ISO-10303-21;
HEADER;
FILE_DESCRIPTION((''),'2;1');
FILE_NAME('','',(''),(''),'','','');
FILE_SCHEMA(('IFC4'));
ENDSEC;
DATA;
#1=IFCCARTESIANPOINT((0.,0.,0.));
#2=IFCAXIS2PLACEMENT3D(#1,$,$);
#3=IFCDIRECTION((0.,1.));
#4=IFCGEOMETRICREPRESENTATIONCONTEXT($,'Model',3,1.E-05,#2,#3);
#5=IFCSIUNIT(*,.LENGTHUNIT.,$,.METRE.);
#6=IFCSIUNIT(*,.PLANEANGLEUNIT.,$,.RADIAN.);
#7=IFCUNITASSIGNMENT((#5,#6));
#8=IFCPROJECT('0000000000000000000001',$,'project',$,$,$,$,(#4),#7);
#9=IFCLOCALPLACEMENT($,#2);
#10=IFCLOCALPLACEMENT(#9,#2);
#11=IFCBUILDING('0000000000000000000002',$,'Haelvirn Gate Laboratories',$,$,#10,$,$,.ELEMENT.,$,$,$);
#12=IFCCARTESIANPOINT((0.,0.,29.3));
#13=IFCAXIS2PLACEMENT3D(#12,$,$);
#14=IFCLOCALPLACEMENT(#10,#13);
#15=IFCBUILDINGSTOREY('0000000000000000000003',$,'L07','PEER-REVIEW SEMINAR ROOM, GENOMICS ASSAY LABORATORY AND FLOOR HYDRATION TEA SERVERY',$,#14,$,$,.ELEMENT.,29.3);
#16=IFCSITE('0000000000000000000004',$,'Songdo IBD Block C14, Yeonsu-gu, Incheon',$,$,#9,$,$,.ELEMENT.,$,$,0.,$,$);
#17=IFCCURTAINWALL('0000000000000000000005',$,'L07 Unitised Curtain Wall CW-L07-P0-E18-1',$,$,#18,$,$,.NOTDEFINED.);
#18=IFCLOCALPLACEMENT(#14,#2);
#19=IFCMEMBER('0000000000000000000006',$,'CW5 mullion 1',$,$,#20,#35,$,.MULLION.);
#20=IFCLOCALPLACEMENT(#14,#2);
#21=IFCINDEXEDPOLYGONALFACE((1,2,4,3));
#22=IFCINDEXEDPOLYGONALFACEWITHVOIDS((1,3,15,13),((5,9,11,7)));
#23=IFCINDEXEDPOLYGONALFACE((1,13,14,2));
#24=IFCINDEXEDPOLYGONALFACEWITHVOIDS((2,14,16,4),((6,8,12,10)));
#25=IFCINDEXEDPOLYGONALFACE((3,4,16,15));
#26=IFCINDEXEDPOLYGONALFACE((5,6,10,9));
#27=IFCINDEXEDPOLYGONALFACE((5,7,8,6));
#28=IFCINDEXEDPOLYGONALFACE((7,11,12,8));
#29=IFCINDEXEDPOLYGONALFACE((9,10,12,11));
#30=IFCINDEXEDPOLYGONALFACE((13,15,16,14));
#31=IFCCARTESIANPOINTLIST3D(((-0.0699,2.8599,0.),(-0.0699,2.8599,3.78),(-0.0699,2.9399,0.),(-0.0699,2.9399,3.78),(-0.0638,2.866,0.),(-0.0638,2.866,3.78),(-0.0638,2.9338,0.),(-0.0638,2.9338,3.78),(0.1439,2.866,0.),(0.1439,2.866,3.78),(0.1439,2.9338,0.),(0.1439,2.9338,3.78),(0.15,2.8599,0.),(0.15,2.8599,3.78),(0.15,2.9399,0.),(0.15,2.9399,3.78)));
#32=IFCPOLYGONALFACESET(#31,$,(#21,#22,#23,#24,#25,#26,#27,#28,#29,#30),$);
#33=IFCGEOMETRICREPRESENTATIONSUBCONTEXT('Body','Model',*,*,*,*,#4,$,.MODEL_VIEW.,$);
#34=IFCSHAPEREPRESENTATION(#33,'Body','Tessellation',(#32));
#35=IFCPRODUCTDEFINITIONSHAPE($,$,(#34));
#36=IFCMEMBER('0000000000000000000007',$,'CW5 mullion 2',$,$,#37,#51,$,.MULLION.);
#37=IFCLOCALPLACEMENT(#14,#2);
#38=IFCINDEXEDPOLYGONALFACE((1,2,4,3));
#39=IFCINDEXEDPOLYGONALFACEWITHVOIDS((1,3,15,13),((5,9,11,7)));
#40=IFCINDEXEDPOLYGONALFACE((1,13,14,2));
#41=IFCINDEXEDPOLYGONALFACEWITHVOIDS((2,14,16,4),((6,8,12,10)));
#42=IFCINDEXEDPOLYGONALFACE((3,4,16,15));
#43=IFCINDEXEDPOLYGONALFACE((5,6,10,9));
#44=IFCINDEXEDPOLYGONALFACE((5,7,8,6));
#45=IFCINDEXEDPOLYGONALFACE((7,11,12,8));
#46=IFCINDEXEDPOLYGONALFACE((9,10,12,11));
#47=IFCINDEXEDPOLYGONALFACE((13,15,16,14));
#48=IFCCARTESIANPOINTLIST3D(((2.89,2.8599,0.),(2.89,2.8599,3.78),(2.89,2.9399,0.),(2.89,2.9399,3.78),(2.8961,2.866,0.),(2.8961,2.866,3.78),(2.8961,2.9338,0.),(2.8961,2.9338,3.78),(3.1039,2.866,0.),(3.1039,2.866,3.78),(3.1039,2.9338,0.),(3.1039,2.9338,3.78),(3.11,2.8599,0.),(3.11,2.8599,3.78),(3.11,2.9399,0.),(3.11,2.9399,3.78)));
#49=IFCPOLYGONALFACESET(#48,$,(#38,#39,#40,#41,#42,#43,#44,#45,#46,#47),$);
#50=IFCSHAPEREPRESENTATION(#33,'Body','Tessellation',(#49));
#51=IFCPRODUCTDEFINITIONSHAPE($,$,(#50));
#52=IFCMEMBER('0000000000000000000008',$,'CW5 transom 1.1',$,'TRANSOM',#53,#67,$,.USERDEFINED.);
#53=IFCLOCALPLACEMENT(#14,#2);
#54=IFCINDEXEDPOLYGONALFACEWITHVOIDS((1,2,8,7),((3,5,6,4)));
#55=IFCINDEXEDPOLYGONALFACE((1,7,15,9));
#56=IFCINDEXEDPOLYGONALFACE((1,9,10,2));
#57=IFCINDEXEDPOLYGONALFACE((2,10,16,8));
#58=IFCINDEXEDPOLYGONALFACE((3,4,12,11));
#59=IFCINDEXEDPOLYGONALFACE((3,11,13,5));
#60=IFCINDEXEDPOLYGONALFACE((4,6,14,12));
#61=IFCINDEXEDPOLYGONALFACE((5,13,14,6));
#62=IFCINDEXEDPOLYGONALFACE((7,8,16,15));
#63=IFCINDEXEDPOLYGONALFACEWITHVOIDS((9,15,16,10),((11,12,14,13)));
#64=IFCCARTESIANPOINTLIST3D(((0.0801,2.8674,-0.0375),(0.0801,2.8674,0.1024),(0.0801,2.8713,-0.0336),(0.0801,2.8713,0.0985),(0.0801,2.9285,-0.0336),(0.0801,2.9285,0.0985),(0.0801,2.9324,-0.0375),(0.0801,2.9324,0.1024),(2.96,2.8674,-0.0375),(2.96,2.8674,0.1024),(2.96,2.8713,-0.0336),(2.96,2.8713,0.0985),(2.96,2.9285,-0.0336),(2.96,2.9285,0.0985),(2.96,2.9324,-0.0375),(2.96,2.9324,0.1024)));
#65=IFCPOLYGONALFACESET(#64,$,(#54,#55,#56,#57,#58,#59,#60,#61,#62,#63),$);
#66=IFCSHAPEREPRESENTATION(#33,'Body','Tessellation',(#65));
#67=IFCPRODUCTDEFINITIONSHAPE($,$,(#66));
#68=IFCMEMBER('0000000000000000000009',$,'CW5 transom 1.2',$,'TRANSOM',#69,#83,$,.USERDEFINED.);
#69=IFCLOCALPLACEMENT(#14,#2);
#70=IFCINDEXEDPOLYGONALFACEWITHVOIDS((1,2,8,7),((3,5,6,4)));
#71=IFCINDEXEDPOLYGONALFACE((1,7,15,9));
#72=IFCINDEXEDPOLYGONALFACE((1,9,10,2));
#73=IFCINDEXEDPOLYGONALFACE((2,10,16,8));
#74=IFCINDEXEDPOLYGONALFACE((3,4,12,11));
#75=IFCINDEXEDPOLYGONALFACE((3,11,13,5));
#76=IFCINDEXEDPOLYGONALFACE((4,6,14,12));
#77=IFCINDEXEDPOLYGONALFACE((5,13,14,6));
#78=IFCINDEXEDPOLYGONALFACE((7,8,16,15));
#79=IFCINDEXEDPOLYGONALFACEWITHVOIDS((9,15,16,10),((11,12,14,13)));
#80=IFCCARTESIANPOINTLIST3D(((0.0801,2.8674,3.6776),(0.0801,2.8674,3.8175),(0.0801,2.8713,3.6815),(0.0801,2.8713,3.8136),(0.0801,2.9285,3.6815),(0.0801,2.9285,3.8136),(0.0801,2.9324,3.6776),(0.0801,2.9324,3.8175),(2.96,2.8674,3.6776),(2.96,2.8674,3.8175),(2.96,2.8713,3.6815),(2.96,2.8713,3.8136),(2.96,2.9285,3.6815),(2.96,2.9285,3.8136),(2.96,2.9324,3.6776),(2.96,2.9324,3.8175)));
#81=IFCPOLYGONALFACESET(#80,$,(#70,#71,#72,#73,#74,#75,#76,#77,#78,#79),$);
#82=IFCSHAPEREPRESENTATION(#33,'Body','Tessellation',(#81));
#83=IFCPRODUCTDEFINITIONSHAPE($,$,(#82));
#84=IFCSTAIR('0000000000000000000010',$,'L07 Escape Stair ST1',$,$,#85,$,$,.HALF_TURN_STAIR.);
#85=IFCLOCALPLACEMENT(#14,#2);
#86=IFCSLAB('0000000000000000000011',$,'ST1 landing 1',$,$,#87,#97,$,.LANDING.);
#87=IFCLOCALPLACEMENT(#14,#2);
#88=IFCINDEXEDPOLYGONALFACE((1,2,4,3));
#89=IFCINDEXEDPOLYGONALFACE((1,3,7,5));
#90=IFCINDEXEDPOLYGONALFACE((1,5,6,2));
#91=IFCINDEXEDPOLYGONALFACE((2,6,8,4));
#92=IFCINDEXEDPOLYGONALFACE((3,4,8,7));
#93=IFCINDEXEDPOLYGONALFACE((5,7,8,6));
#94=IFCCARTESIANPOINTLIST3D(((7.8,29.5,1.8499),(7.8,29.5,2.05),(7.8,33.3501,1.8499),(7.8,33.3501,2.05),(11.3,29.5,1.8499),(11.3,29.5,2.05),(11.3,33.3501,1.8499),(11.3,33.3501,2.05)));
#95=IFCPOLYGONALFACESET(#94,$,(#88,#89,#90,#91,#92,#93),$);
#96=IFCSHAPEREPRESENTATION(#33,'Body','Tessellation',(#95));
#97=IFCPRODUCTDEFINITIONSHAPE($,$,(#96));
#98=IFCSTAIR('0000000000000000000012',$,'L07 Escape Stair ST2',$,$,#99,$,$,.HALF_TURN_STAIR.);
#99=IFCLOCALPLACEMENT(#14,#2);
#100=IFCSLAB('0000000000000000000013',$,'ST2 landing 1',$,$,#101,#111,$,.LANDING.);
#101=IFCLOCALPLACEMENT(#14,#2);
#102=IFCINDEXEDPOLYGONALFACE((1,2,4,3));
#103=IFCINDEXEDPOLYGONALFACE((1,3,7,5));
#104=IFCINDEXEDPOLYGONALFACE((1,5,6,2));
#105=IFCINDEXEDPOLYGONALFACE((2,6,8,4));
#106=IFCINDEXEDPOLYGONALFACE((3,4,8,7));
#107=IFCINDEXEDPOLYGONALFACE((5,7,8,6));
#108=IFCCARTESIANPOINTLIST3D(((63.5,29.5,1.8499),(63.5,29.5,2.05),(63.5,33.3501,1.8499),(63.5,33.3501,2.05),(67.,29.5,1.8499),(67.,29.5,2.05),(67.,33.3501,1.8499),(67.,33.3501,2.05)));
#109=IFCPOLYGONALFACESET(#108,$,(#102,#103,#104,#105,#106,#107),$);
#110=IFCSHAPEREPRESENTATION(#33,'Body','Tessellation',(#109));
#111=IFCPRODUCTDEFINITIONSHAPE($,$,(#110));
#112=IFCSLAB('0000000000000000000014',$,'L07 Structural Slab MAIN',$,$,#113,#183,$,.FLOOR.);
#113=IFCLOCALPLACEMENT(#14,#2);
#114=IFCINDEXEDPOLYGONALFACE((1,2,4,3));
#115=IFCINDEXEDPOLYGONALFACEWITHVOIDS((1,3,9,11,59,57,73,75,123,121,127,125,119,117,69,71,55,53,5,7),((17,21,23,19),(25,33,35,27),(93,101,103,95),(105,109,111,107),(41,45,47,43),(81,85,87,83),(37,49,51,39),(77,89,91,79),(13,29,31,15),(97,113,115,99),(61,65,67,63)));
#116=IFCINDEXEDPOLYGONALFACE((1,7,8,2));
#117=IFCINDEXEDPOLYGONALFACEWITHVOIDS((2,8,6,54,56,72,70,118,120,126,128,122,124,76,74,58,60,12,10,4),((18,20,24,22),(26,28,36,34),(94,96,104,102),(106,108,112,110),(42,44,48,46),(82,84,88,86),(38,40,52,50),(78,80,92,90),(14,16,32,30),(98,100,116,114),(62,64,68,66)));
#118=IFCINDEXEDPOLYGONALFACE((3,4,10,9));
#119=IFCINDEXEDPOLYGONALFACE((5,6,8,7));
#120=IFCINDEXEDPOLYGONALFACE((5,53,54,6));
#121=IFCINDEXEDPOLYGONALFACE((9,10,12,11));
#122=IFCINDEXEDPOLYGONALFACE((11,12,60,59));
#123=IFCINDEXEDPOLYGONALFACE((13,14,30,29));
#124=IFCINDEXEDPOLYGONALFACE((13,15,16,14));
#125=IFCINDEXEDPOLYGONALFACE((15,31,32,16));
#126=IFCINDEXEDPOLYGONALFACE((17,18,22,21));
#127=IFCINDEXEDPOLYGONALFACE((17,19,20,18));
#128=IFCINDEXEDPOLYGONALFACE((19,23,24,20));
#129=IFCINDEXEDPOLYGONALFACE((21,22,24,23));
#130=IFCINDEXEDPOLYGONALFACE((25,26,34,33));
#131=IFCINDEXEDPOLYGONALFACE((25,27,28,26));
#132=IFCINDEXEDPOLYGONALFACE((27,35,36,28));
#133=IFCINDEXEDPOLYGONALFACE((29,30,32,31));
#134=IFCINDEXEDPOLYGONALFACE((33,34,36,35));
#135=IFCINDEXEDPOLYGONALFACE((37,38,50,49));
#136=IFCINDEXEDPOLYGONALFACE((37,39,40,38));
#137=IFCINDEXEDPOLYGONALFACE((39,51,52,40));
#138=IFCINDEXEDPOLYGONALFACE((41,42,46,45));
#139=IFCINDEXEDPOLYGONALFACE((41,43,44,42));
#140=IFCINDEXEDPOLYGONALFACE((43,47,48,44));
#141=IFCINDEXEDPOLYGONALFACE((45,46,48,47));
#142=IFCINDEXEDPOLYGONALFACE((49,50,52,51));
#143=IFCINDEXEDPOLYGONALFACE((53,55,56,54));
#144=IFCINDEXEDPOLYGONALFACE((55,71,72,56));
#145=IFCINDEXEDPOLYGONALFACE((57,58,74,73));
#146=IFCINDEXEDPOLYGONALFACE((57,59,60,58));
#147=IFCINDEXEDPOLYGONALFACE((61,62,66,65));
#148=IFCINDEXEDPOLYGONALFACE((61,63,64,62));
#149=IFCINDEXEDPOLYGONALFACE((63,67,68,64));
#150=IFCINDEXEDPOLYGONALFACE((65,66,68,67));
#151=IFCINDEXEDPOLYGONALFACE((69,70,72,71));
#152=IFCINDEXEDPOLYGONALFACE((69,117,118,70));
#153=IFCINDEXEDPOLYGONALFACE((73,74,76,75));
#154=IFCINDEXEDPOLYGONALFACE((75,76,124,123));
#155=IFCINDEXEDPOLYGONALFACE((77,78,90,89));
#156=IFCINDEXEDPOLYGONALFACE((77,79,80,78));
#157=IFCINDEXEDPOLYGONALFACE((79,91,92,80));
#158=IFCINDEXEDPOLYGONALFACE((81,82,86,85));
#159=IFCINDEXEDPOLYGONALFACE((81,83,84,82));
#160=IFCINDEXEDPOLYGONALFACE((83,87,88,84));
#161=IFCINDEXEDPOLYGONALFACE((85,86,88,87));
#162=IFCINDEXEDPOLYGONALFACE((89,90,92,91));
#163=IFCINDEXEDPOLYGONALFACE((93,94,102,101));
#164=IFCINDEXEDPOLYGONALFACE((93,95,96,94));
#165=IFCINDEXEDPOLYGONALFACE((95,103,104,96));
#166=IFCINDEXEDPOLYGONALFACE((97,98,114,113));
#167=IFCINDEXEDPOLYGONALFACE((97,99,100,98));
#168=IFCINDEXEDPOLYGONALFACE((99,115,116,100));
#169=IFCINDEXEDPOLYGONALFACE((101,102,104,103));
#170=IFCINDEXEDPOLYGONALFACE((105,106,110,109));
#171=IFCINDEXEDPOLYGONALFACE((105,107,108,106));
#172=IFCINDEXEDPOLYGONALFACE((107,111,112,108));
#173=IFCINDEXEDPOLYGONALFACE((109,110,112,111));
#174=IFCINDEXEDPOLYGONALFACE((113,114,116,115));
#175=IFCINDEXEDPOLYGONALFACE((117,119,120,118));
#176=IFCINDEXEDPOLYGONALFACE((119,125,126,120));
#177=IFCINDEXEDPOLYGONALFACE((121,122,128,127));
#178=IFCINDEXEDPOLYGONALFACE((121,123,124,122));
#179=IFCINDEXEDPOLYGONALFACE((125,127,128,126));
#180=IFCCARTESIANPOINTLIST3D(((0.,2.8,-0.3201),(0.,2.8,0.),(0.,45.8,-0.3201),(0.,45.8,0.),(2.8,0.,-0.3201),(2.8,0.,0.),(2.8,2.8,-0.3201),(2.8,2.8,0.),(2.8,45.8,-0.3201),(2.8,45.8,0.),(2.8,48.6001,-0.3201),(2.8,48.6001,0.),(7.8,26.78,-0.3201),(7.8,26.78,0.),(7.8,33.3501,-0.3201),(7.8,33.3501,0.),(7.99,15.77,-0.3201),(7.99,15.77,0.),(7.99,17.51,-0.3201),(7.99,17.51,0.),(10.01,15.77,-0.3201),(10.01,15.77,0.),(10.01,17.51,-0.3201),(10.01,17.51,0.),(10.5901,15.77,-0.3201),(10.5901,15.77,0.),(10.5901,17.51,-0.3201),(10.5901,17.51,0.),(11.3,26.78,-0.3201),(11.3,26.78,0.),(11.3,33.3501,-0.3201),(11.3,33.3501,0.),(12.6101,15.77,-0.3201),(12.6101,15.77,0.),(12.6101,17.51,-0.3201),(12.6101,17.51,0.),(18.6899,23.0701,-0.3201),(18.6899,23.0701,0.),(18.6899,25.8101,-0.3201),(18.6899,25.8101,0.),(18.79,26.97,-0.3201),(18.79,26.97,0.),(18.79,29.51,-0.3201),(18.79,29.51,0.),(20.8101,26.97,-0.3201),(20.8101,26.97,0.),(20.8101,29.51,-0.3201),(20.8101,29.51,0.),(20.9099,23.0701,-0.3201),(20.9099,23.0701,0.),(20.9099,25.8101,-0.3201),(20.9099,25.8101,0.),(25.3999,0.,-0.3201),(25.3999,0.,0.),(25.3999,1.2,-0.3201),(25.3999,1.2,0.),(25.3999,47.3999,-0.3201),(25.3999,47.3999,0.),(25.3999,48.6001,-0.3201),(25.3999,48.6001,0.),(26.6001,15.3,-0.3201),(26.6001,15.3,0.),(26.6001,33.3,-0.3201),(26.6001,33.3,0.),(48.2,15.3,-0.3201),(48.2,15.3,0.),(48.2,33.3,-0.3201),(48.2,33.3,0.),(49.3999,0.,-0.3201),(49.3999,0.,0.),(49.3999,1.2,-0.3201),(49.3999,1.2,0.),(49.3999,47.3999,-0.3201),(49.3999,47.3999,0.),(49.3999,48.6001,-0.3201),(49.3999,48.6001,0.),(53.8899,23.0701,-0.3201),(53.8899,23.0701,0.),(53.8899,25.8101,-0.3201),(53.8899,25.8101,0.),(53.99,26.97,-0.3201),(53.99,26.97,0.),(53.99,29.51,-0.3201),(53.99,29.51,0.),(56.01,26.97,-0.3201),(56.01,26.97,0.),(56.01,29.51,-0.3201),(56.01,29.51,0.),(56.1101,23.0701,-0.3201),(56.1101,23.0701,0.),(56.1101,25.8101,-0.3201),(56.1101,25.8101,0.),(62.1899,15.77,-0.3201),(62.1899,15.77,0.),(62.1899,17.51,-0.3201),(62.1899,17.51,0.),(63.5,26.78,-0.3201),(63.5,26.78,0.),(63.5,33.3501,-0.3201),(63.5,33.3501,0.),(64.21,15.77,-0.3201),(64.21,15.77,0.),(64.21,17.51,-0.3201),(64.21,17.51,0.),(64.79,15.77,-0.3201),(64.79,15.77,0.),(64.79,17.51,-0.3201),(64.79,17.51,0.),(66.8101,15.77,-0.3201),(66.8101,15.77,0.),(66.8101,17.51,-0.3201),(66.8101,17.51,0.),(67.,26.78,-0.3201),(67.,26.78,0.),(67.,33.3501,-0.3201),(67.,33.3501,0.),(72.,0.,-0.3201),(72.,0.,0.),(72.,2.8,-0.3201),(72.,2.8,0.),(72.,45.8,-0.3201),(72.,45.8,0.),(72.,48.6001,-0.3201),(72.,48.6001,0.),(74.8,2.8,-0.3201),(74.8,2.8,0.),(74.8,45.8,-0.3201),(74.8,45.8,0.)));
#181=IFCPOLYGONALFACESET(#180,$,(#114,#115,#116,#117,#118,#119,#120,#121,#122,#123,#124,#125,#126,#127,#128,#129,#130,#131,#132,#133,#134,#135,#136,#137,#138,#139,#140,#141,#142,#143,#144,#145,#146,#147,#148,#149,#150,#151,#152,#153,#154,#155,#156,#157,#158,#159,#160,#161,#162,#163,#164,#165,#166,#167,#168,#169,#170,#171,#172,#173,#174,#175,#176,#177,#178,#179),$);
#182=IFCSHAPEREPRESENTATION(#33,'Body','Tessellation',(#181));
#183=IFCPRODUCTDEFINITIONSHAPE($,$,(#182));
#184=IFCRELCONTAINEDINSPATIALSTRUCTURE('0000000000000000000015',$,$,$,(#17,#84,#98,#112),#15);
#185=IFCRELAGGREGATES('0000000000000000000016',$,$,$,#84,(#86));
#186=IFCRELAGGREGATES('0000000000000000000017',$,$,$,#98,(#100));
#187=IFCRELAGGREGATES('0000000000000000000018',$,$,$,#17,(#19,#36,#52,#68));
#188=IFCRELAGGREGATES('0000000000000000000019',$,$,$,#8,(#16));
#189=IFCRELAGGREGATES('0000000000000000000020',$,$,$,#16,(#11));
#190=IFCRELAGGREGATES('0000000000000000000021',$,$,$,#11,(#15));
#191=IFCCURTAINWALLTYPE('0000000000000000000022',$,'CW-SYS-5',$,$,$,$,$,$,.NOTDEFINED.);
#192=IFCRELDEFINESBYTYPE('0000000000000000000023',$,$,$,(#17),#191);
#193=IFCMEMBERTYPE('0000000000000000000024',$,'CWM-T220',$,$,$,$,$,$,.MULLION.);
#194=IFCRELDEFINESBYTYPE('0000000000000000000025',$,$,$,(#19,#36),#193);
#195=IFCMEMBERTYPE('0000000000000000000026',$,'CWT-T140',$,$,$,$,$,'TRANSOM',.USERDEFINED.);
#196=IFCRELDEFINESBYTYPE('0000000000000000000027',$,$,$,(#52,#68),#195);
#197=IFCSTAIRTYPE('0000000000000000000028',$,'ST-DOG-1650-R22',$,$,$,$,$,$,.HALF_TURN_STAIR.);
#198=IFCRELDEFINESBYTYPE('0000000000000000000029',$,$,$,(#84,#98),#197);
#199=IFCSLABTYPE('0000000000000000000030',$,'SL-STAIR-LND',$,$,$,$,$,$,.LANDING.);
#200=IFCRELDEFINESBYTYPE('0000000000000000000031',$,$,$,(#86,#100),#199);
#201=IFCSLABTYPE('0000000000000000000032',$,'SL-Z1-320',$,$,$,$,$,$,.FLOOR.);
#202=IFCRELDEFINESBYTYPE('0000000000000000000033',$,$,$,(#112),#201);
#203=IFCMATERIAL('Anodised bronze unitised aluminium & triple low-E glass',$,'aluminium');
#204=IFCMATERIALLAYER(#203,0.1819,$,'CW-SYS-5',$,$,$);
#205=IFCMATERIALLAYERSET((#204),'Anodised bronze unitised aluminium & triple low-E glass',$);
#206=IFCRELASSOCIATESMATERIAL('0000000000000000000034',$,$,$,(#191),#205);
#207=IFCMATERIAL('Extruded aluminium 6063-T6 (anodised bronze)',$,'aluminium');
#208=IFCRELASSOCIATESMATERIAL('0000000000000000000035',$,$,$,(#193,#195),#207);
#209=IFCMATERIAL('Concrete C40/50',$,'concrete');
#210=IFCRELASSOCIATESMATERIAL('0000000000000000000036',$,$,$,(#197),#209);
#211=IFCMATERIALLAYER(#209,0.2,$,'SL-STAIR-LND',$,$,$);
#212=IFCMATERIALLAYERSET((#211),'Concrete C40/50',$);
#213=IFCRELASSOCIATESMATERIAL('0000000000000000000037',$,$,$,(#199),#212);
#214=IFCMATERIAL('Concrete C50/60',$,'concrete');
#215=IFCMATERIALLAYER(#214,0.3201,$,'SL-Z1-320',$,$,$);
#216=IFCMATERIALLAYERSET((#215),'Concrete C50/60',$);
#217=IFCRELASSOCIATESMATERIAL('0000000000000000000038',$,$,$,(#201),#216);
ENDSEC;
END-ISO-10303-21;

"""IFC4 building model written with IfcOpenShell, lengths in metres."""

from ifc_helpers import new_model, si_unit, direction, frame, origin, origin_2d, place, context, subcontext, project, spatial, polyline, hollow_rectangle, outline, extrude, source, transform, mapped, material, layer, layer_set, material_profile, profile_set, type_object, type_shapes, element, aggregate, save


model = new_model("IFC4")

# Units and contexts
model_context = context("Model", 3, precision=1e-05, world=origin(), true_north=direction((0.0, 1.0)))
body_context = subcontext(model_context, "Body", "Model", "MODEL_VIEW")
ifc_project = project(units=[si_unit("LENGTHUNIT", "METRE"), si_unit("PLANEANGLEUNIT", "RADIAN")], contexts=[model_context])

# Site, building, storey
site_placement = place(None, origin())
site = spatial("IfcSite", under=ifc_project, at=site_placement, Name="Songdo IBD Block C14, Yeonsu-gu, Incheon", CompositionType="ELEMENT", RefElevation=0.0)
building_placement = place(site_placement, origin())
building = spatial("IfcBuilding", under=site, at=building_placement, Name="Haelvirn Gate Laboratories", CompositionType="ELEMENT")
storey_placement = place(building_placement, frame((0.0, 0.0, 29.3)))
storey = spatial("IfcBuildingStorey", under=building, at=storey_placement, Name="L07", Description="PEER-REVIEW SEMINAR ROOM, GENOMICS ASSAY LABORATORY AND FLOOR HYDRATION TEA SERVERY", CompositionType="ELEMENT", Elevation=29.3)

# Shared definitions
ifc_material_1 = material(Name="Anodised bronze unitised aluminium & triple low-E glass", Category="aluminium")
ifc_material_2 = material(Name="Extruded aluminium 6063-T6 (anodised bronze)", Category="aluminium")

# Curtain wall, members
ifc_layer_1 = layer(ifc_material_1, 0.1819, Name="CW-SYS-5")
ifc_layer_set_1 = layer_set([ifc_layer_1], Name="Anodised bronze unitised aluminium & triple low-E glass")
curtain_wall_type_1 = type_object("IfcCurtainWallType", Name="CW-SYS-5", PredefinedType="NOTDEFINED", material=ifc_layer_set_1)
curtain_wall_1_placement = place(storey_placement, origin())
curtain_wall_1 = element("IfcCurtainWall", 1, at=curtain_wall_1_placement, inside=storey, type_object=curtain_wall_type_1, Name="L07 Unitised Curtain Wall CW-L07-P0-E18-1", PredefinedType="NOTDEFINED")
ifc_material_profile_1 = material_profile(ifc_material_2, hollow_rectangle(XDim=0.0801, YDim=0.22, WallThickness=0.0061, at=origin_2d()), Name="CWM-220x80x6")
ifc_profile_set_1 = profile_set([ifc_material_profile_1], Name="Extruded aluminium 6063-T6 (anodised bronze)")
member_type_1 = type_object("IfcMemberType", Name="CWM-T220", PredefinedType="MULLION", material=ifc_profile_set_1)
shared_shape_1 = source(origin(), body_context, "Body", "SweptSolid", [
    extrude(hollow_rectangle(XDim=0.0801, YDim=0.22, WallThickness=0.0061, at=origin_2d()), origin(), (0.0, 0.0, 1.0), 3.78),
])
type_shapes(member_type_1, [shared_shape_1])
member_1_placement = place(storey_placement, frame((0.04, 2.8999, 0.0), z_axis=(0.0, 0.0, 1.0), x_axis=(0.0, 1.0, 0.0)))
member_1 = element("IfcMember", 2, at=member_1_placement, type_object=member_type_1, Name="CW5 mullion 1", PredefinedType="MULLION", context=body_context, shape_type="MappedRepresentation", body=[
    mapped(shared_shape_1, transform((0.0, 0.0, 0.0), scale=1.0)),
])
member_2_placement = place(storey_placement, frame((3.0, 2.8999, 0.0), z_axis=(0.0, 0.0, 1.0), x_axis=(0.0, 1.0, 0.0)))
member_2 = element("IfcMember", 3, at=member_2_placement, type_object=member_type_1, Name="CW5 mullion 2", PredefinedType="MULLION", context=body_context, shape_type="MappedRepresentation", body=[
    mapped(shared_shape_1, transform((0.0, 0.0, 0.0), scale=1.0)),
])
ifc_material_profile_2 = material_profile(ifc_material_2, hollow_rectangle(XDim=0.0649, YDim=0.1399, WallThickness=0.0039, at=origin_2d()), Name="CWT-140x65x4")
ifc_profile_set_2 = profile_set([ifc_material_profile_2], Name="Extruded aluminium 6063-T6 (anodised bronze)")
member_type_2 = type_object("IfcMemberType", Name="CWT-T140", ElementType="TRANSOM", PredefinedType="USERDEFINED", material=ifc_profile_set_2)
shared_shape_2 = source(origin(), body_context, "Body", "SweptSolid", [
    extrude(hollow_rectangle(XDim=0.0649, YDim=0.1399, WallThickness=0.0039, at=origin_2d()), origin(), (0.0, 0.0, 1.0), 2.8799),
])
type_shapes(member_type_2, [shared_shape_2])
member_3_placement = place(storey_placement, frame((0.0801, 2.8999, 0.0325), z_axis=(1.0, 0.0, 0.0), x_axis=(0.0, 1.0, 0.0)))
member_3 = element("IfcMember", 4, at=member_3_placement, type_object=member_type_2, Name="CW5 transom 1.1", ObjectType="TRANSOM", PredefinedType="USERDEFINED", context=body_context, shape_type="MappedRepresentation", body=[
    mapped(shared_shape_2, transform((0.0, 0.0, 0.0), scale=1.0)),
])
member_4_placement = place(storey_placement, frame((0.0801, 2.8999, 3.7476), z_axis=(1.0, 0.0, 0.0), x_axis=(0.0, 1.0, 0.0)))
member_4 = element("IfcMember", 5, at=member_4_placement, type_object=member_type_2, Name="CW5 transom 1.2", ObjectType="TRANSOM", PredefinedType="USERDEFINED", context=body_context, shape_type="MappedRepresentation", body=[
    mapped(shared_shape_2, transform((0.0, 0.0, 0.0), scale=1.0)),
])

# Stairs, slabs
ifc_material_3 = material(Name="Concrete C40/50", Category="concrete")
stair_type = type_object("IfcStairType", Name="ST-DOG-1650-R22", PredefinedType="HALF_TURN_STAIR", material=ifc_material_3)
stair_1_placement = place(storey_placement, origin())
stair_1 = element("IfcStair", 6, at=stair_1_placement, inside=storey, type_object=stair_type, Name="L07 Escape Stair ST1", PredefinedType="HALF_TURN_STAIR")
ifc_layer_2 = layer(ifc_material_3, 0.2, Name="SL-STAIR-LND")
ifc_layer_set_2 = layer_set([ifc_layer_2], Name="Concrete C40/50")
slab_type_1 = type_object("IfcSlabType", Name="SL-STAIR-LND", PredefinedType="LANDING", material=ifc_layer_set_2)
slab_1_placement = place(storey_placement, frame((0.0, 0.0, 1.8499)))
slab_1 = element("IfcSlab", 7, at=slab_1_placement, type_object=slab_type_1, Name="ST1 landing 1", PredefinedType="LANDING", context=body_context, shape_type="SweptSolid", body=[
    extrude(outline(polyline([(11.3, 29.5), (11.3, 33.3501), (7.8, 33.3501), (7.8, 29.5), (11.3, 29.5)])), origin(), (0.0, 0.0, 1.0), 0.2002),
])
aggregate(stair_1, [slab_1])
stair_2_placement = place(storey_placement, origin())
stair_2 = element("IfcStair", 8, at=stair_2_placement, inside=storey, type_object=stair_type, Name="L07 Escape Stair ST2", PredefinedType="HALF_TURN_STAIR")
slab_2_placement = place(storey_placement, frame((0.0, 0.0, 1.8499)))
slab_2 = element("IfcSlab", 9, at=slab_2_placement, type_object=slab_type_1, Name="ST2 landing 1", PredefinedType="LANDING", context=body_context, shape_type="SweptSolid", body=[
    extrude(outline(polyline([(67.0, 29.5), (67.0, 33.3501), (63.5, 33.3501), (63.5, 29.5), (67.0, 29.5)])), origin(), (0.0, 0.0, 1.0), 0.2002),
])
aggregate(stair_2, [slab_2])

# Slab
ifc_material_4 = material(Name="Concrete C50/60", Category="concrete")
ifc_layer_3 = layer(ifc_material_4, 0.3201, Name="SL-Z1-320")
ifc_layer_set_3 = layer_set([ifc_layer_3], Name="Concrete C50/60")
slab_type_2 = type_object("IfcSlabType", Name="SL-Z1-320", PredefinedType="FLOOR", material=ifc_layer_set_3)
slab_3_placement = place(storey_placement, frame((0.0, 0.0, -0.3201)))
element("IfcSlab", 10, at=slab_3_placement, inside=storey, type_object=slab_type_2, Name="L07 Structural Slab MAIN", PredefinedType="FLOOR", context=body_context, shape_type="SweptSolid", body=[
    extrude(outline(polyline([(2.8, 0.0), (25.3999, 0.0), (25.3999, 1.2), (49.3999, 1.2), (49.3999, 0.0), (72.0, 0.0), (72.0, 2.8), (74.8, 2.8), (74.8, 45.8), (72.0, 45.8), (72.0, 48.6001), (49.3999, 48.6001), (49.3999, 47.3999), (25.3999, 47.3999), (25.3999, 48.6001), (2.8, 48.6001), (2.8, 45.8), (0.0, 45.8), (0.0, 2.8), (2.8, 2.8), (2.8, 0.0)]), holes=[polyline([(26.6001, 15.3), (48.2, 15.3), (48.2, 33.3), (26.6001, 33.3), (26.6001, 15.3)]), polyline([(11.3, 26.78), (11.3, 33.3501), (7.8, 33.3501), (7.8, 26.78), (11.3, 26.78)]), polyline([(67.0, 26.78), (67.0, 33.3501), (63.5, 33.3501), (63.5, 26.78), (67.0, 26.78)]), polyline([(7.99, 15.77), (10.01, 15.77), (10.01, 17.51), (7.99, 17.51), (7.99, 15.77)]), polyline([(10.5901, 15.77), (12.6101, 15.77), (12.6101, 17.51), (10.5901, 17.51), (10.5901, 15.77)]), polyline([(18.79, 26.97), (20.8101, 26.97), (20.8101, 29.51), (18.79, 29.51), (18.79, 26.97)]), polyline([(18.6899, 23.0701), (20.9099, 23.0701), (20.9099, 25.8101), (18.6899, 25.8101), (18.6899, 23.0701)]), polyline([(64.79, 15.77), (66.8101, 15.77), (66.8101, 17.51), (64.79, 17.51), (64.79, 15.77)]), polyline([(62.1899, 15.77), (64.21, 15.77), (64.21, 17.51), (62.1899, 17.51), (62.1899, 15.77)]), polyline([(53.99, 26.97), (56.01, 26.97), (56.01, 29.51), (53.99, 29.51), (53.99, 26.97)]), polyline([(53.8899, 23.0701), (56.1101, 23.0701), (56.1101, 25.8101), (53.8899, 25.8101), (53.8899, 23.0701)])]), origin(), (0.0, 0.0, 1.0), 0.3201),
])

aggregate(curtain_wall_1, [member_1, member_2, member_3, member_4])

save(model, "model.ifc")
